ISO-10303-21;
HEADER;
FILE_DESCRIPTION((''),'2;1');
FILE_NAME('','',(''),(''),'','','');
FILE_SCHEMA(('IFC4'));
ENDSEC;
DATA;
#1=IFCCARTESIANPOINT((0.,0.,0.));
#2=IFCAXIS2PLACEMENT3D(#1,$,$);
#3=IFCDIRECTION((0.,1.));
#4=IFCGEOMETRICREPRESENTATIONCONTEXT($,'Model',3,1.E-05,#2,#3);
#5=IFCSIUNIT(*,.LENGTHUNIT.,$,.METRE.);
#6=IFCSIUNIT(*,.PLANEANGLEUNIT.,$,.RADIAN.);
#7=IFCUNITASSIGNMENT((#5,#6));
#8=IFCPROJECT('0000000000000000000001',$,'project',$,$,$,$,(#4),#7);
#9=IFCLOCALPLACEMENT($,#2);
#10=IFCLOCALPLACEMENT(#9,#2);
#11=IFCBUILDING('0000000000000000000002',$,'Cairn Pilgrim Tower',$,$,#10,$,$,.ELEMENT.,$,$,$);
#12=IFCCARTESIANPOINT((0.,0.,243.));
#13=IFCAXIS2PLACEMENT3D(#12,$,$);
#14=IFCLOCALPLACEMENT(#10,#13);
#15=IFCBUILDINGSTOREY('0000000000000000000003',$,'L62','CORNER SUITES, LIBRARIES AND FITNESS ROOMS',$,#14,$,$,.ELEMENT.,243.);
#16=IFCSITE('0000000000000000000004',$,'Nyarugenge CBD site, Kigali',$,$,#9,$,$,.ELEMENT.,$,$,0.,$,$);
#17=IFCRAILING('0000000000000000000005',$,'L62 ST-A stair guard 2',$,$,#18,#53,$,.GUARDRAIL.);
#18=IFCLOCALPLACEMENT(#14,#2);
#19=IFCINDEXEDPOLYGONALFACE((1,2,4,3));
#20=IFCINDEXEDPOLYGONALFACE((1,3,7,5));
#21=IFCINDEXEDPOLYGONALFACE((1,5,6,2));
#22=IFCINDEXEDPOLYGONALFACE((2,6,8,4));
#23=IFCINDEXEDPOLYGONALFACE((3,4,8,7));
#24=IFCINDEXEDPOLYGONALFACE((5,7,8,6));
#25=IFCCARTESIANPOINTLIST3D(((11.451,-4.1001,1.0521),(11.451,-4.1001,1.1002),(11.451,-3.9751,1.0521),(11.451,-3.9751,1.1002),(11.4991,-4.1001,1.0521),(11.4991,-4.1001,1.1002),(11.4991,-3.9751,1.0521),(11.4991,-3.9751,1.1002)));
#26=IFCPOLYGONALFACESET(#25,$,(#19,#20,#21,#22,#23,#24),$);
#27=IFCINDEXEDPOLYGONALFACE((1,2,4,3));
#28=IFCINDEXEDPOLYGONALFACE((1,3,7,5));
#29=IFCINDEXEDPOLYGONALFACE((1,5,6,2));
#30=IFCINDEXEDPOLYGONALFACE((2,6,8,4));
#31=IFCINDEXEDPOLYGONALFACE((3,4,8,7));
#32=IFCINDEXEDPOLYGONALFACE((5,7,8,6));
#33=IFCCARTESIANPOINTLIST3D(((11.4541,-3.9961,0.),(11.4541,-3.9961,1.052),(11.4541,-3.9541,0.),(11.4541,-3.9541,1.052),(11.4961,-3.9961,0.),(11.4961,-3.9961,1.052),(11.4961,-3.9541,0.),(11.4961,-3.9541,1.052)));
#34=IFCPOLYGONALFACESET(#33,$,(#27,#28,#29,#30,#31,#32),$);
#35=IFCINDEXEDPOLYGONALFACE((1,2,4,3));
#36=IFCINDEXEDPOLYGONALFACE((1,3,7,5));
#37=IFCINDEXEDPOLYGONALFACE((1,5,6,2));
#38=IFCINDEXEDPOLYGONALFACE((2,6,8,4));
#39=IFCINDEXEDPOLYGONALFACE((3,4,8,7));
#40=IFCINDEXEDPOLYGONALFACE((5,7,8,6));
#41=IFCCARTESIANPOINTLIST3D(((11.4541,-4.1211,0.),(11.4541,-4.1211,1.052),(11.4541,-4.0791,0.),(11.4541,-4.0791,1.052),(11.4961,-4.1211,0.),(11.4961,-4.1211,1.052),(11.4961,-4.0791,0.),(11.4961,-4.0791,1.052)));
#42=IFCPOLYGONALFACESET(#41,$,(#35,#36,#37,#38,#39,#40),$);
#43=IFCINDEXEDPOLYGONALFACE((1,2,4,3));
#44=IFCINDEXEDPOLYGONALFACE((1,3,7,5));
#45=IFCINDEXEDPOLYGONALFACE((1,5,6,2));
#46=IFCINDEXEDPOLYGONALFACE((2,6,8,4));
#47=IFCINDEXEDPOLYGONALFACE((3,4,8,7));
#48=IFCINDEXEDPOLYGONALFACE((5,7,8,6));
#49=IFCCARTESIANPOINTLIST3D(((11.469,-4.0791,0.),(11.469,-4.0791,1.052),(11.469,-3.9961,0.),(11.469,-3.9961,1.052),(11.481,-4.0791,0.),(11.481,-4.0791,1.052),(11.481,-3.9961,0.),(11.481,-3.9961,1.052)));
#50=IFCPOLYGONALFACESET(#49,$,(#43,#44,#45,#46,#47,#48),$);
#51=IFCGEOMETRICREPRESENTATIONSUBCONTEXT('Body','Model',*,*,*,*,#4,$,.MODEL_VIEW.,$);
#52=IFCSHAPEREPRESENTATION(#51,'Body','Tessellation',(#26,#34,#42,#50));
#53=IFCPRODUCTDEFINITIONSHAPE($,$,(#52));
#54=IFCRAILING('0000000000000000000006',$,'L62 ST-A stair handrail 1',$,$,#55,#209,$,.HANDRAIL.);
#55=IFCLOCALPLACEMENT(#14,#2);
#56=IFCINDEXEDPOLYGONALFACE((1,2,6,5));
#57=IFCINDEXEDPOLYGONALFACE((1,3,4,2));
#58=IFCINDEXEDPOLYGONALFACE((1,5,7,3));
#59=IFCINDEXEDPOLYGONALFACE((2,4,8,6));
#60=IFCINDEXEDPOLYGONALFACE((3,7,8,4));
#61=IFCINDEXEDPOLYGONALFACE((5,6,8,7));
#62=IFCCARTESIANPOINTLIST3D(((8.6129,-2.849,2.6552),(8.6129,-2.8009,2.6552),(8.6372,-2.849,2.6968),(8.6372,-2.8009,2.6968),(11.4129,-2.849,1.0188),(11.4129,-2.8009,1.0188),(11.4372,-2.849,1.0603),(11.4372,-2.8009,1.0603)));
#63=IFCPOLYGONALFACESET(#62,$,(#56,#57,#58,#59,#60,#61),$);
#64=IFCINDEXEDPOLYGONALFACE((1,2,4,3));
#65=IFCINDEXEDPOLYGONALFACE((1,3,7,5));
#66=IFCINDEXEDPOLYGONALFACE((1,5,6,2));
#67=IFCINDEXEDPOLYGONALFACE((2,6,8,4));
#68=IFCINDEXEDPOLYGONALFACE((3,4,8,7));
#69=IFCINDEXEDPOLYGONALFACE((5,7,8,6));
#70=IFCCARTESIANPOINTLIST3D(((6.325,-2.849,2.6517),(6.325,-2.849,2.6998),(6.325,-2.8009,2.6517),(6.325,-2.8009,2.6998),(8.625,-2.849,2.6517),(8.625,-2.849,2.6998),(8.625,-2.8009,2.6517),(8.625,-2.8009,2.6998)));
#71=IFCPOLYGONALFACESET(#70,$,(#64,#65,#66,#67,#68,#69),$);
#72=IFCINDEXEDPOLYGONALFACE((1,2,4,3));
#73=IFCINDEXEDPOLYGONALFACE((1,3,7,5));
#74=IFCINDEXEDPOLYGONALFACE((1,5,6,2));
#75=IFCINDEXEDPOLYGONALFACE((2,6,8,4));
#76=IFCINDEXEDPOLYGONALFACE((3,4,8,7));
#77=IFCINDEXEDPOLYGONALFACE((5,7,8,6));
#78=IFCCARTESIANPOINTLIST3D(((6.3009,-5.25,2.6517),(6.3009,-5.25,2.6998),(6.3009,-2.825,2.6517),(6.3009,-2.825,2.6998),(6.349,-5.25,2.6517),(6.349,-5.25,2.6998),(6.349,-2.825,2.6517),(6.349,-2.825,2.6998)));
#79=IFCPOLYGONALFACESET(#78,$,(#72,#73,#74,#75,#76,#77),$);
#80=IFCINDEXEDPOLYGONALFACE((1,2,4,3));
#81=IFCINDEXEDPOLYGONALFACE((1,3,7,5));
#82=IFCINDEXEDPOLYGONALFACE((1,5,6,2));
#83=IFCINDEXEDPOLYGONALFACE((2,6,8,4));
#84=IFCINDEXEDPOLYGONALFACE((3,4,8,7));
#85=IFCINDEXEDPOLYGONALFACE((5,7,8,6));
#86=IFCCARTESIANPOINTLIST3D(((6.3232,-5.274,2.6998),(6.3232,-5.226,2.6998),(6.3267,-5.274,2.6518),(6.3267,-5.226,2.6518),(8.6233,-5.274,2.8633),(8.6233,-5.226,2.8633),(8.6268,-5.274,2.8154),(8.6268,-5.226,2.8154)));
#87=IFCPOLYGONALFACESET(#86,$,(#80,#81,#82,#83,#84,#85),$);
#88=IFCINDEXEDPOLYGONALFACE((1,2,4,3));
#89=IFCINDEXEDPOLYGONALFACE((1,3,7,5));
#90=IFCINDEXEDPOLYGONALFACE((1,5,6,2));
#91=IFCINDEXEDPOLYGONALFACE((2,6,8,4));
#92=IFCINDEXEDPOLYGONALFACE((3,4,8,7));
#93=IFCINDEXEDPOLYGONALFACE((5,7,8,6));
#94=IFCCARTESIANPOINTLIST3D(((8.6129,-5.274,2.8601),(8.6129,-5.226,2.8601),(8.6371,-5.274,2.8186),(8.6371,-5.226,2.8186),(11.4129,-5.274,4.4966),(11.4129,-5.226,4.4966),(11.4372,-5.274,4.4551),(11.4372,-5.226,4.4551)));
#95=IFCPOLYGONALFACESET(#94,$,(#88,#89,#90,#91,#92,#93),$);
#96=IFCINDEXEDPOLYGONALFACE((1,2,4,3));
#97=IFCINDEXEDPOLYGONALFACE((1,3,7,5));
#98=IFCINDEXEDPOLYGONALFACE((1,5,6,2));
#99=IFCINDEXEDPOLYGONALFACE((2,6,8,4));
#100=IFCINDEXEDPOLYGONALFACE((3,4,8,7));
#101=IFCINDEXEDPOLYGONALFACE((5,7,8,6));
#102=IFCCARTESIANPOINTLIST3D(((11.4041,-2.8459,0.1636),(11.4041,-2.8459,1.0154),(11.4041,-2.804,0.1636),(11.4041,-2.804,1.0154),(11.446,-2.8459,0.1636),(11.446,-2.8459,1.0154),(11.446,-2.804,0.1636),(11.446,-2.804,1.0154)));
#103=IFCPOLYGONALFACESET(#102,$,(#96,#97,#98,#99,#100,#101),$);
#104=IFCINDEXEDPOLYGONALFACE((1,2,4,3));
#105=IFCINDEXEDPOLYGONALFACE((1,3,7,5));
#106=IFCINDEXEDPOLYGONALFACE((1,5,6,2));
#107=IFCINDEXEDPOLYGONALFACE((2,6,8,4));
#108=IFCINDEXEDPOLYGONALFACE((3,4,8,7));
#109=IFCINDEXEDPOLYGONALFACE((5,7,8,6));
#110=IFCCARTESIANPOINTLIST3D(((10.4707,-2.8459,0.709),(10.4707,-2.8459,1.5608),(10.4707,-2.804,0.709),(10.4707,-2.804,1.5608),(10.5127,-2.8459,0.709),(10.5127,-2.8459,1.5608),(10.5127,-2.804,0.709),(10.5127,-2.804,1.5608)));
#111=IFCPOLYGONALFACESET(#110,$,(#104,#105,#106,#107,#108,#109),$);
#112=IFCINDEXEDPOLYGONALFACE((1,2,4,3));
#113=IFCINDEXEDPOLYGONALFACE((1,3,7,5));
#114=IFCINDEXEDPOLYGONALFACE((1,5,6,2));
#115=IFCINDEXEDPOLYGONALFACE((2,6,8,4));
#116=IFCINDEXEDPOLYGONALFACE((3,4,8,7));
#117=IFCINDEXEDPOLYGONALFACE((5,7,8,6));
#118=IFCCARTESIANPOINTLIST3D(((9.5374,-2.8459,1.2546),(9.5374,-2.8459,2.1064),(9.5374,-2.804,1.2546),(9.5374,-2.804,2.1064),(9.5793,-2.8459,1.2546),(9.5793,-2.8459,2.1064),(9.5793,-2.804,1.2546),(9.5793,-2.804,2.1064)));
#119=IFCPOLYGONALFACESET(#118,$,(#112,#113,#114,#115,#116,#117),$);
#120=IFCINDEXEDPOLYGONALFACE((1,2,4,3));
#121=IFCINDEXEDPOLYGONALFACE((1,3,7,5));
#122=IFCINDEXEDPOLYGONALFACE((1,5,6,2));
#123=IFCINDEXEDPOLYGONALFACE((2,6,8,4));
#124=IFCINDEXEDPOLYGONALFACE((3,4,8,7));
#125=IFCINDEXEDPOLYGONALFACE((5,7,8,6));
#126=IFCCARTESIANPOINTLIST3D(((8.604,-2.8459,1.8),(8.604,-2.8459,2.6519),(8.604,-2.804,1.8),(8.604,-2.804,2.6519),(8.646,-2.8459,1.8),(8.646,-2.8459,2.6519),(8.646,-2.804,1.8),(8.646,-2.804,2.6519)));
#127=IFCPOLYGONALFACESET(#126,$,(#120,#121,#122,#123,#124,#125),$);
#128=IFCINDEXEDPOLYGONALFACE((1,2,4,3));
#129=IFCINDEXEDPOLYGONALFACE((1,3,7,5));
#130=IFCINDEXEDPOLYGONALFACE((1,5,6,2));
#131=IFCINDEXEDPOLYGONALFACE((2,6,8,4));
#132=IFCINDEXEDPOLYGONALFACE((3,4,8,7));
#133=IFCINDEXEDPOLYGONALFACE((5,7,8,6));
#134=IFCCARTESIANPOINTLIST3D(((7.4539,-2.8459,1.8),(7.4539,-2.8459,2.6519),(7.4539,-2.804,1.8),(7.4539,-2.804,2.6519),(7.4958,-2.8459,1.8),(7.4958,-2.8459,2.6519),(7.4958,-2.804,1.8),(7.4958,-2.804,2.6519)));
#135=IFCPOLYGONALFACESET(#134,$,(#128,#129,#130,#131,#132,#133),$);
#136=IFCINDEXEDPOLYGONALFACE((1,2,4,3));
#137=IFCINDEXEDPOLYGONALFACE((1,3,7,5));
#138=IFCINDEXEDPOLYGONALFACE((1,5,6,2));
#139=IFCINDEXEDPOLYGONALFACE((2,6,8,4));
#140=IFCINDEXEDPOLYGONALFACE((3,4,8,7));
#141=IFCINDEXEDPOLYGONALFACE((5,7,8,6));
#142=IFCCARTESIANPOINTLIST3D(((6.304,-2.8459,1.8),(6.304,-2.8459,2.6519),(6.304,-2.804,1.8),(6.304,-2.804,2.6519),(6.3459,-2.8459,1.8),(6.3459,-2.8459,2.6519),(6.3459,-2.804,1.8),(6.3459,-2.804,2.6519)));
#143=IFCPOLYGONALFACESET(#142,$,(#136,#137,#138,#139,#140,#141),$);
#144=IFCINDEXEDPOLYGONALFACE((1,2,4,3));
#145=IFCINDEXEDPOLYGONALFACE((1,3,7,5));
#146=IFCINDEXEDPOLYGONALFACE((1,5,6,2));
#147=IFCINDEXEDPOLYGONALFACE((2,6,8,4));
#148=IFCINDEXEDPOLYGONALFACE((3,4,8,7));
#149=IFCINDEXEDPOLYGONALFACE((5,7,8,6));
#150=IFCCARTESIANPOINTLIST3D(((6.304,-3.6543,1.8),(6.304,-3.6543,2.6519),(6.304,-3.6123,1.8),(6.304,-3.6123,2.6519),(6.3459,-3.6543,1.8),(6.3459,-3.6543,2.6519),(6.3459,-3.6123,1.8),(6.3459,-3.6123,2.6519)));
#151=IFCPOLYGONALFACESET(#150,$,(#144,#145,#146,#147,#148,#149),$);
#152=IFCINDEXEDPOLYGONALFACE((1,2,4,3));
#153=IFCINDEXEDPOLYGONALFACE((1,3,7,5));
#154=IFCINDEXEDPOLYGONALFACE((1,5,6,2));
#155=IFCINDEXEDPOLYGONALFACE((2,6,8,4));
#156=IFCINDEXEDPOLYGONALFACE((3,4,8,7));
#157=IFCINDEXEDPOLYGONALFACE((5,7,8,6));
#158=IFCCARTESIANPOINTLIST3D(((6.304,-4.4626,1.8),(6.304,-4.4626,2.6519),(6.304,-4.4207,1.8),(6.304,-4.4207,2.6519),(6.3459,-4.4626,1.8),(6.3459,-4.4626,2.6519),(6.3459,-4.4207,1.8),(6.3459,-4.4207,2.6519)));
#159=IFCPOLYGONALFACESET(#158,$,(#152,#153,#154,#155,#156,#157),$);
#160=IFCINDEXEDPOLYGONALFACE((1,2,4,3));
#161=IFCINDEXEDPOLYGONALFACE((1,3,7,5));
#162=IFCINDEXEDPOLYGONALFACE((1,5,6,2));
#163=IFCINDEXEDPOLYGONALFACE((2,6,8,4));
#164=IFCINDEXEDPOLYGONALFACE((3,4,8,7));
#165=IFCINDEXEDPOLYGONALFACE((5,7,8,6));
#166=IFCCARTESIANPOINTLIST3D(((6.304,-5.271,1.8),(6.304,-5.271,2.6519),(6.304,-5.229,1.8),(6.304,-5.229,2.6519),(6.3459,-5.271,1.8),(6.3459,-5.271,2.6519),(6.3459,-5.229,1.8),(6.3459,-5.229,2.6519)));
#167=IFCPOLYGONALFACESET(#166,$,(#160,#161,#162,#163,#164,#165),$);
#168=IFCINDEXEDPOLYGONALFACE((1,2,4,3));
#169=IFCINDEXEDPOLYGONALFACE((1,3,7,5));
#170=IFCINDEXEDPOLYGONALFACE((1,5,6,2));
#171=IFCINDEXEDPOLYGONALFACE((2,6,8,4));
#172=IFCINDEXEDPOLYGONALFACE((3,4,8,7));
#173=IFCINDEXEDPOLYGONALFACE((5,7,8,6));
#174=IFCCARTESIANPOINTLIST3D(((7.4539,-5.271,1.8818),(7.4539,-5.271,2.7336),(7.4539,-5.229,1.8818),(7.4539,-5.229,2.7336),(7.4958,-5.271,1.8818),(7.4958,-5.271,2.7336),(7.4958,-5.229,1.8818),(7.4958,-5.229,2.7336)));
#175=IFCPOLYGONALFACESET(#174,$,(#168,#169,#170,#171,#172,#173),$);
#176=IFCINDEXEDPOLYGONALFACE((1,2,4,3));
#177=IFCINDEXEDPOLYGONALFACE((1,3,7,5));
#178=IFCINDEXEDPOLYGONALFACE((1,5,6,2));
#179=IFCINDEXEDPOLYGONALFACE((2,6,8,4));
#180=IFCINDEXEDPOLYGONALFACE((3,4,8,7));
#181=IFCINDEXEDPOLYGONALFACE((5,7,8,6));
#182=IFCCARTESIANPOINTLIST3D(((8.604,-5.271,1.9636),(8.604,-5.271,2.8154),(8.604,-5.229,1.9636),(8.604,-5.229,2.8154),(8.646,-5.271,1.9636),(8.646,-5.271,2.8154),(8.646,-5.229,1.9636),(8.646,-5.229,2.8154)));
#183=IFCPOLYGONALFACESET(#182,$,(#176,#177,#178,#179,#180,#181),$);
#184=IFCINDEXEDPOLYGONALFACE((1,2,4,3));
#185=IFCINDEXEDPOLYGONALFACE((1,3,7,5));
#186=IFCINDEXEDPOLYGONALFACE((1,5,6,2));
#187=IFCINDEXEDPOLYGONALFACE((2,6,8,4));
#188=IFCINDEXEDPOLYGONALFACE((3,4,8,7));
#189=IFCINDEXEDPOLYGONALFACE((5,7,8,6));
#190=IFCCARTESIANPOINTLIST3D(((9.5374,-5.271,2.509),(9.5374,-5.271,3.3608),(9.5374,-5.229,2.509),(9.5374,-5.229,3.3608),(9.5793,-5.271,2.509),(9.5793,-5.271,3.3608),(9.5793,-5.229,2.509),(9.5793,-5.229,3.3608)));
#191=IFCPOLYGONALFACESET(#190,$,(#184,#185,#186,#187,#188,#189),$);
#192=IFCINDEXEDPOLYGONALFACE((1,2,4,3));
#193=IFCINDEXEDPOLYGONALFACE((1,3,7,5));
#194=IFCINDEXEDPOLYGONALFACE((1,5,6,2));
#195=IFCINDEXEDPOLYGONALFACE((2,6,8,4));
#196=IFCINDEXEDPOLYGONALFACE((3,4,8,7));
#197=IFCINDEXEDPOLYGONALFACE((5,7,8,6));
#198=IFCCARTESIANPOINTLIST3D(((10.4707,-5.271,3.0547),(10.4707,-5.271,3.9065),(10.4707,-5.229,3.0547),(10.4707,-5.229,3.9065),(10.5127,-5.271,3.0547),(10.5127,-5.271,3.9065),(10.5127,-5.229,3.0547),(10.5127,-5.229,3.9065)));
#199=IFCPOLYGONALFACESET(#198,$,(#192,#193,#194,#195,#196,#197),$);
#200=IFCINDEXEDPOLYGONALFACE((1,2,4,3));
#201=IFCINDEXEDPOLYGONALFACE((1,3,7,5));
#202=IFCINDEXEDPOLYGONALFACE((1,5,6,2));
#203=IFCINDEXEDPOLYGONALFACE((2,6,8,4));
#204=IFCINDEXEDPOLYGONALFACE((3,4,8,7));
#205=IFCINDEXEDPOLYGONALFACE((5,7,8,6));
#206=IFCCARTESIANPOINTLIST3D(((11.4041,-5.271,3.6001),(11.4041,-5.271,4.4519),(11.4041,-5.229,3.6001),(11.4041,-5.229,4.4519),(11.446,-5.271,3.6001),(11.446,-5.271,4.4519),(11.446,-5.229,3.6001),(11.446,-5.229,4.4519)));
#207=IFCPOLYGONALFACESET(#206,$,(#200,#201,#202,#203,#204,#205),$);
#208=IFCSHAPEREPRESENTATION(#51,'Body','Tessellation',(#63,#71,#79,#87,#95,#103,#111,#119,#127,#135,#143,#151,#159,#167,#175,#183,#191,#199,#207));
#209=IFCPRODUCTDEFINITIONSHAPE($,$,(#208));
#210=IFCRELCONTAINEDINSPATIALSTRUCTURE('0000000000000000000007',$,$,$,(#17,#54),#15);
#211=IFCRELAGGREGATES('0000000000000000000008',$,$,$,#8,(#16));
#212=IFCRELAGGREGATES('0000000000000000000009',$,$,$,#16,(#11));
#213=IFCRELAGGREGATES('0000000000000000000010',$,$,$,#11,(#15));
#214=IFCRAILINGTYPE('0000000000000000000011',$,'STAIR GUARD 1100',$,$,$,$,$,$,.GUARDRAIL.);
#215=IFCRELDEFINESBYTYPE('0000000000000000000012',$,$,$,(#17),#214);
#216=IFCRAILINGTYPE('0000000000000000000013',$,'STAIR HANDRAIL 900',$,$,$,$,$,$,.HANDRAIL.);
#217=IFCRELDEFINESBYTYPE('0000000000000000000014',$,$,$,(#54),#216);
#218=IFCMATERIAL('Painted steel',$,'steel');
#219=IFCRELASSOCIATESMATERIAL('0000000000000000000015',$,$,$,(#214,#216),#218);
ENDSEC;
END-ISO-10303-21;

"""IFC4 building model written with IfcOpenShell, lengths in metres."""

from ifc_helpers import new_model, si_unit, direction, frame, origin, origin_2d, place, context, subcontext, project, spatial, polyline, rectangle, outline, extrude, material, type_object, element, save


model = new_model("IFC4")

# Units and contexts
model_context = context("Model", 3, precision=1e-05, world=origin(), true_north=direction((0.0, 1.0)))
body_context = subcontext(model_context, "Body", "Model", "MODEL_VIEW")
ifc_project = project(units=[si_unit("LENGTHUNIT", "METRE"), si_unit("PLANEANGLEUNIT", "RADIAN")], contexts=[model_context])

# Site, building, storey
site_placement = place(None, origin())
site = spatial("IfcSite", under=ifc_project, at=site_placement, Name="Nyarugenge CBD site, Kigali", CompositionType="ELEMENT", RefElevation=0.0)
building_placement = place(site_placement, origin())
building = spatial("IfcBuilding", under=site, at=building_placement, Name="Cairn Pilgrim Tower", CompositionType="ELEMENT")
storey_placement = place(building_placement, frame((0.0, 0.0, 243.0)))
storey = spatial("IfcBuildingStorey", under=building, at=storey_placement, Name="L62", Description="CORNER SUITES, LIBRARIES AND FITNESS ROOMS", CompositionType="ELEMENT", Elevation=243.0)

# Shared definitions
ifc_material_1 = material(Name="Painted steel", Category="steel")

# Railings
railing_type_1 = type_object("IfcRailingType", Name="STAIR GUARD 1100", PredefinedType="GUARDRAIL", material=ifc_material_1)
railing_1_placement = place(storey_placement, frame((11.4751, -3.9751, 0.0)))
element("IfcRailing", 1, at=railing_1_placement, inside=storey, type_object=railing_type_1, Name="L62 ST-A stair guard 2", PredefinedType="GUARDRAIL", context=body_context, shape_type="SweptSolid", body=[
    extrude(rectangle(XDim=0.0481, YDim=0.0481, at=origin_2d()), frame((0.0, 0.0, 1.0762), z_axis=(0.0, -1.0, 0.0), x_axis=(1.0, 0.0, 0.0)), (0.0, 0.0, 1.0), 0.125),
    extrude(rectangle(XDim=0.042, YDim=0.042, at=origin_2d()), origin(), (0.0, 0.0, 1.0), 1.052),
    extrude(rectangle(XDim=0.042, YDim=0.042, at=origin_2d()), frame((0.0, -0.125, 0.0)), (0.0, 0.0, 1.0), 1.052),
    extrude(outline(polyline([(0.021, 0.0), (0.104, 0.0), (0.104, 1.052), (0.021, 1.052), (0.021, 0.0)])), frame((0.0059, 0.0, 0.0), z_axis=(-1.0, 0.0, 0.0), x_axis=(0.0, -1.0, 0.0)), (0.0, 0.0, 1.0), 0.012),
])
railing_type_2 = type_object("IfcRailingType", Name="STAIR HANDRAIL 900", PredefinedType="HANDRAIL", material=ifc_material_1)
railing_2_placement = place(storey_placement, frame((11.425, -2.825, 0.1636)))
element("IfcRailing", 2, at=railing_2_placement, inside=storey, type_object=railing_type_2, Name="L62 ST-A stair handrail 1", PredefinedType="HANDRAIL", context=body_context, shape_type="SweptSolid", body=[
    extrude(rectangle(XDim=0.0481, YDim=0.0481, at=origin_2d()), frame((0.0, 0.0, 0.876), z_axis=(-0.863361, 0.0, 0.504587), x_axis=(0.0, -1.0, 0.0)), (0.0, 0.0, 1.0), 3.2432),
    extrude(rectangle(XDim=0.0481, YDim=0.0481, at=origin_2d()), frame((-2.8, 0.0, 2.5122), z_axis=(-1.0, 0.0, 0.0), x_axis=(0.0, -1.0, 0.0)), (0.0, 0.0, 1.0), 2.3),
    extrude(rectangle(XDim=0.0481, YDim=0.0481, at=origin_2d()), frame((-5.1001, 0.0, 2.5122), z_axis=(0.0, -1.0, 0.0), x_axis=(1.0, 0.0, 0.0)), (0.0, 0.0, 1.0), 2.425),
    extrude(rectangle(XDim=0.0481, YDim=0.0481, at=origin_2d()), frame((-5.1001, -2.425, 2.5122), z_axis=(0.997481, 0.0, 0.070939), x_axis=(0.0, 1.0, 0.0)), (0.0, 0.0, 1.0), 2.3059),
    extrude(rectangle(XDim=0.0481, YDim=0.0481, at=origin_2d()), frame((-2.8, -2.425, 2.6758), z_axis=(0.863361, 0.0, 0.504587), x_axis=(0.0, 1.0, 0.0)), (0.0, 0.0, 1.0), 3.2432),
    extrude(rectangle(XDim=0.042, YDim=0.042, at=origin_2d()), origin(), (0.0, 0.0, 1.0), 0.8518),
    extrude(rectangle(XDim=0.042, YDim=0.042, at=origin_2d()), frame((-0.9333, 0.0, 0.5454)), (0.0, 0.0, 1.0), 0.8518),
    extrude(rectangle(XDim=0.042, YDim=0.042, at=origin_2d()), frame((-1.8667, 0.0, 1.0911)), (0.0, 0.0, 1.0), 0.8518),
    extrude(rectangle(XDim=0.042, YDim=0.042, at=origin_2d()), frame((-2.8, 0.0, 1.6365)), (0.0, 0.0, 1.0), 0.8518),
    extrude(rectangle(XDim=0.042, YDim=0.042, at=origin_2d()), frame((-3.9502, 0.0, 1.6365)), (0.0, 0.0, 1.0), 0.8518),
    extrude(rectangle(XDim=0.042, YDim=0.042, at=origin_2d()), frame((-5.1001, 0.0, 1.6365)), (0.0, 0.0, 1.0), 0.8518),
    extrude(rectangle(XDim=0.042, YDim=0.042, at=origin_2d()), frame((-5.1001, -0.8083, 1.6365)), (0.0, 0.0, 1.0), 0.8518),
    extrude(rectangle(XDim=0.042, YDim=0.042, at=origin_2d()), frame((-5.1001, -1.6167, 1.6365)), (0.0, 0.0, 1.0), 0.8518),
    extrude(rectangle(XDim=0.042, YDim=0.042, at=origin_2d()), frame((-5.1001, -2.425, 1.6365)), (0.0, 0.0, 1.0), 0.8518),
    extrude(rectangle(XDim=0.042, YDim=0.042, at=origin_2d()), frame((-3.9502, -2.425, 1.7183)), (0.0, 0.0, 1.0), 0.8518),
    extrude(rectangle(XDim=0.042, YDim=0.042, at=origin_2d()), frame((-2.8, -2.425, 1.8)), (0.0, 0.0, 1.0), 0.8518),
    extrude(rectangle(XDim=0.042, YDim=0.042, at=origin_2d()), frame((-1.8667, -2.425, 2.3455)), (0.0, 0.0, 1.0), 0.8518),
    extrude(rectangle(XDim=0.042, YDim=0.042, at=origin_2d()), frame((-0.9333, -2.425, 2.8911)), (0.0, 0.0, 1.0), 0.8518),
    extrude(rectangle(XDim=0.042, YDim=0.042, at=origin_2d()), frame((0.0, -2.425, 3.4365)), (0.0, 0.0, 1.0), 0.8518),
])

save(model, "model.ifc")
